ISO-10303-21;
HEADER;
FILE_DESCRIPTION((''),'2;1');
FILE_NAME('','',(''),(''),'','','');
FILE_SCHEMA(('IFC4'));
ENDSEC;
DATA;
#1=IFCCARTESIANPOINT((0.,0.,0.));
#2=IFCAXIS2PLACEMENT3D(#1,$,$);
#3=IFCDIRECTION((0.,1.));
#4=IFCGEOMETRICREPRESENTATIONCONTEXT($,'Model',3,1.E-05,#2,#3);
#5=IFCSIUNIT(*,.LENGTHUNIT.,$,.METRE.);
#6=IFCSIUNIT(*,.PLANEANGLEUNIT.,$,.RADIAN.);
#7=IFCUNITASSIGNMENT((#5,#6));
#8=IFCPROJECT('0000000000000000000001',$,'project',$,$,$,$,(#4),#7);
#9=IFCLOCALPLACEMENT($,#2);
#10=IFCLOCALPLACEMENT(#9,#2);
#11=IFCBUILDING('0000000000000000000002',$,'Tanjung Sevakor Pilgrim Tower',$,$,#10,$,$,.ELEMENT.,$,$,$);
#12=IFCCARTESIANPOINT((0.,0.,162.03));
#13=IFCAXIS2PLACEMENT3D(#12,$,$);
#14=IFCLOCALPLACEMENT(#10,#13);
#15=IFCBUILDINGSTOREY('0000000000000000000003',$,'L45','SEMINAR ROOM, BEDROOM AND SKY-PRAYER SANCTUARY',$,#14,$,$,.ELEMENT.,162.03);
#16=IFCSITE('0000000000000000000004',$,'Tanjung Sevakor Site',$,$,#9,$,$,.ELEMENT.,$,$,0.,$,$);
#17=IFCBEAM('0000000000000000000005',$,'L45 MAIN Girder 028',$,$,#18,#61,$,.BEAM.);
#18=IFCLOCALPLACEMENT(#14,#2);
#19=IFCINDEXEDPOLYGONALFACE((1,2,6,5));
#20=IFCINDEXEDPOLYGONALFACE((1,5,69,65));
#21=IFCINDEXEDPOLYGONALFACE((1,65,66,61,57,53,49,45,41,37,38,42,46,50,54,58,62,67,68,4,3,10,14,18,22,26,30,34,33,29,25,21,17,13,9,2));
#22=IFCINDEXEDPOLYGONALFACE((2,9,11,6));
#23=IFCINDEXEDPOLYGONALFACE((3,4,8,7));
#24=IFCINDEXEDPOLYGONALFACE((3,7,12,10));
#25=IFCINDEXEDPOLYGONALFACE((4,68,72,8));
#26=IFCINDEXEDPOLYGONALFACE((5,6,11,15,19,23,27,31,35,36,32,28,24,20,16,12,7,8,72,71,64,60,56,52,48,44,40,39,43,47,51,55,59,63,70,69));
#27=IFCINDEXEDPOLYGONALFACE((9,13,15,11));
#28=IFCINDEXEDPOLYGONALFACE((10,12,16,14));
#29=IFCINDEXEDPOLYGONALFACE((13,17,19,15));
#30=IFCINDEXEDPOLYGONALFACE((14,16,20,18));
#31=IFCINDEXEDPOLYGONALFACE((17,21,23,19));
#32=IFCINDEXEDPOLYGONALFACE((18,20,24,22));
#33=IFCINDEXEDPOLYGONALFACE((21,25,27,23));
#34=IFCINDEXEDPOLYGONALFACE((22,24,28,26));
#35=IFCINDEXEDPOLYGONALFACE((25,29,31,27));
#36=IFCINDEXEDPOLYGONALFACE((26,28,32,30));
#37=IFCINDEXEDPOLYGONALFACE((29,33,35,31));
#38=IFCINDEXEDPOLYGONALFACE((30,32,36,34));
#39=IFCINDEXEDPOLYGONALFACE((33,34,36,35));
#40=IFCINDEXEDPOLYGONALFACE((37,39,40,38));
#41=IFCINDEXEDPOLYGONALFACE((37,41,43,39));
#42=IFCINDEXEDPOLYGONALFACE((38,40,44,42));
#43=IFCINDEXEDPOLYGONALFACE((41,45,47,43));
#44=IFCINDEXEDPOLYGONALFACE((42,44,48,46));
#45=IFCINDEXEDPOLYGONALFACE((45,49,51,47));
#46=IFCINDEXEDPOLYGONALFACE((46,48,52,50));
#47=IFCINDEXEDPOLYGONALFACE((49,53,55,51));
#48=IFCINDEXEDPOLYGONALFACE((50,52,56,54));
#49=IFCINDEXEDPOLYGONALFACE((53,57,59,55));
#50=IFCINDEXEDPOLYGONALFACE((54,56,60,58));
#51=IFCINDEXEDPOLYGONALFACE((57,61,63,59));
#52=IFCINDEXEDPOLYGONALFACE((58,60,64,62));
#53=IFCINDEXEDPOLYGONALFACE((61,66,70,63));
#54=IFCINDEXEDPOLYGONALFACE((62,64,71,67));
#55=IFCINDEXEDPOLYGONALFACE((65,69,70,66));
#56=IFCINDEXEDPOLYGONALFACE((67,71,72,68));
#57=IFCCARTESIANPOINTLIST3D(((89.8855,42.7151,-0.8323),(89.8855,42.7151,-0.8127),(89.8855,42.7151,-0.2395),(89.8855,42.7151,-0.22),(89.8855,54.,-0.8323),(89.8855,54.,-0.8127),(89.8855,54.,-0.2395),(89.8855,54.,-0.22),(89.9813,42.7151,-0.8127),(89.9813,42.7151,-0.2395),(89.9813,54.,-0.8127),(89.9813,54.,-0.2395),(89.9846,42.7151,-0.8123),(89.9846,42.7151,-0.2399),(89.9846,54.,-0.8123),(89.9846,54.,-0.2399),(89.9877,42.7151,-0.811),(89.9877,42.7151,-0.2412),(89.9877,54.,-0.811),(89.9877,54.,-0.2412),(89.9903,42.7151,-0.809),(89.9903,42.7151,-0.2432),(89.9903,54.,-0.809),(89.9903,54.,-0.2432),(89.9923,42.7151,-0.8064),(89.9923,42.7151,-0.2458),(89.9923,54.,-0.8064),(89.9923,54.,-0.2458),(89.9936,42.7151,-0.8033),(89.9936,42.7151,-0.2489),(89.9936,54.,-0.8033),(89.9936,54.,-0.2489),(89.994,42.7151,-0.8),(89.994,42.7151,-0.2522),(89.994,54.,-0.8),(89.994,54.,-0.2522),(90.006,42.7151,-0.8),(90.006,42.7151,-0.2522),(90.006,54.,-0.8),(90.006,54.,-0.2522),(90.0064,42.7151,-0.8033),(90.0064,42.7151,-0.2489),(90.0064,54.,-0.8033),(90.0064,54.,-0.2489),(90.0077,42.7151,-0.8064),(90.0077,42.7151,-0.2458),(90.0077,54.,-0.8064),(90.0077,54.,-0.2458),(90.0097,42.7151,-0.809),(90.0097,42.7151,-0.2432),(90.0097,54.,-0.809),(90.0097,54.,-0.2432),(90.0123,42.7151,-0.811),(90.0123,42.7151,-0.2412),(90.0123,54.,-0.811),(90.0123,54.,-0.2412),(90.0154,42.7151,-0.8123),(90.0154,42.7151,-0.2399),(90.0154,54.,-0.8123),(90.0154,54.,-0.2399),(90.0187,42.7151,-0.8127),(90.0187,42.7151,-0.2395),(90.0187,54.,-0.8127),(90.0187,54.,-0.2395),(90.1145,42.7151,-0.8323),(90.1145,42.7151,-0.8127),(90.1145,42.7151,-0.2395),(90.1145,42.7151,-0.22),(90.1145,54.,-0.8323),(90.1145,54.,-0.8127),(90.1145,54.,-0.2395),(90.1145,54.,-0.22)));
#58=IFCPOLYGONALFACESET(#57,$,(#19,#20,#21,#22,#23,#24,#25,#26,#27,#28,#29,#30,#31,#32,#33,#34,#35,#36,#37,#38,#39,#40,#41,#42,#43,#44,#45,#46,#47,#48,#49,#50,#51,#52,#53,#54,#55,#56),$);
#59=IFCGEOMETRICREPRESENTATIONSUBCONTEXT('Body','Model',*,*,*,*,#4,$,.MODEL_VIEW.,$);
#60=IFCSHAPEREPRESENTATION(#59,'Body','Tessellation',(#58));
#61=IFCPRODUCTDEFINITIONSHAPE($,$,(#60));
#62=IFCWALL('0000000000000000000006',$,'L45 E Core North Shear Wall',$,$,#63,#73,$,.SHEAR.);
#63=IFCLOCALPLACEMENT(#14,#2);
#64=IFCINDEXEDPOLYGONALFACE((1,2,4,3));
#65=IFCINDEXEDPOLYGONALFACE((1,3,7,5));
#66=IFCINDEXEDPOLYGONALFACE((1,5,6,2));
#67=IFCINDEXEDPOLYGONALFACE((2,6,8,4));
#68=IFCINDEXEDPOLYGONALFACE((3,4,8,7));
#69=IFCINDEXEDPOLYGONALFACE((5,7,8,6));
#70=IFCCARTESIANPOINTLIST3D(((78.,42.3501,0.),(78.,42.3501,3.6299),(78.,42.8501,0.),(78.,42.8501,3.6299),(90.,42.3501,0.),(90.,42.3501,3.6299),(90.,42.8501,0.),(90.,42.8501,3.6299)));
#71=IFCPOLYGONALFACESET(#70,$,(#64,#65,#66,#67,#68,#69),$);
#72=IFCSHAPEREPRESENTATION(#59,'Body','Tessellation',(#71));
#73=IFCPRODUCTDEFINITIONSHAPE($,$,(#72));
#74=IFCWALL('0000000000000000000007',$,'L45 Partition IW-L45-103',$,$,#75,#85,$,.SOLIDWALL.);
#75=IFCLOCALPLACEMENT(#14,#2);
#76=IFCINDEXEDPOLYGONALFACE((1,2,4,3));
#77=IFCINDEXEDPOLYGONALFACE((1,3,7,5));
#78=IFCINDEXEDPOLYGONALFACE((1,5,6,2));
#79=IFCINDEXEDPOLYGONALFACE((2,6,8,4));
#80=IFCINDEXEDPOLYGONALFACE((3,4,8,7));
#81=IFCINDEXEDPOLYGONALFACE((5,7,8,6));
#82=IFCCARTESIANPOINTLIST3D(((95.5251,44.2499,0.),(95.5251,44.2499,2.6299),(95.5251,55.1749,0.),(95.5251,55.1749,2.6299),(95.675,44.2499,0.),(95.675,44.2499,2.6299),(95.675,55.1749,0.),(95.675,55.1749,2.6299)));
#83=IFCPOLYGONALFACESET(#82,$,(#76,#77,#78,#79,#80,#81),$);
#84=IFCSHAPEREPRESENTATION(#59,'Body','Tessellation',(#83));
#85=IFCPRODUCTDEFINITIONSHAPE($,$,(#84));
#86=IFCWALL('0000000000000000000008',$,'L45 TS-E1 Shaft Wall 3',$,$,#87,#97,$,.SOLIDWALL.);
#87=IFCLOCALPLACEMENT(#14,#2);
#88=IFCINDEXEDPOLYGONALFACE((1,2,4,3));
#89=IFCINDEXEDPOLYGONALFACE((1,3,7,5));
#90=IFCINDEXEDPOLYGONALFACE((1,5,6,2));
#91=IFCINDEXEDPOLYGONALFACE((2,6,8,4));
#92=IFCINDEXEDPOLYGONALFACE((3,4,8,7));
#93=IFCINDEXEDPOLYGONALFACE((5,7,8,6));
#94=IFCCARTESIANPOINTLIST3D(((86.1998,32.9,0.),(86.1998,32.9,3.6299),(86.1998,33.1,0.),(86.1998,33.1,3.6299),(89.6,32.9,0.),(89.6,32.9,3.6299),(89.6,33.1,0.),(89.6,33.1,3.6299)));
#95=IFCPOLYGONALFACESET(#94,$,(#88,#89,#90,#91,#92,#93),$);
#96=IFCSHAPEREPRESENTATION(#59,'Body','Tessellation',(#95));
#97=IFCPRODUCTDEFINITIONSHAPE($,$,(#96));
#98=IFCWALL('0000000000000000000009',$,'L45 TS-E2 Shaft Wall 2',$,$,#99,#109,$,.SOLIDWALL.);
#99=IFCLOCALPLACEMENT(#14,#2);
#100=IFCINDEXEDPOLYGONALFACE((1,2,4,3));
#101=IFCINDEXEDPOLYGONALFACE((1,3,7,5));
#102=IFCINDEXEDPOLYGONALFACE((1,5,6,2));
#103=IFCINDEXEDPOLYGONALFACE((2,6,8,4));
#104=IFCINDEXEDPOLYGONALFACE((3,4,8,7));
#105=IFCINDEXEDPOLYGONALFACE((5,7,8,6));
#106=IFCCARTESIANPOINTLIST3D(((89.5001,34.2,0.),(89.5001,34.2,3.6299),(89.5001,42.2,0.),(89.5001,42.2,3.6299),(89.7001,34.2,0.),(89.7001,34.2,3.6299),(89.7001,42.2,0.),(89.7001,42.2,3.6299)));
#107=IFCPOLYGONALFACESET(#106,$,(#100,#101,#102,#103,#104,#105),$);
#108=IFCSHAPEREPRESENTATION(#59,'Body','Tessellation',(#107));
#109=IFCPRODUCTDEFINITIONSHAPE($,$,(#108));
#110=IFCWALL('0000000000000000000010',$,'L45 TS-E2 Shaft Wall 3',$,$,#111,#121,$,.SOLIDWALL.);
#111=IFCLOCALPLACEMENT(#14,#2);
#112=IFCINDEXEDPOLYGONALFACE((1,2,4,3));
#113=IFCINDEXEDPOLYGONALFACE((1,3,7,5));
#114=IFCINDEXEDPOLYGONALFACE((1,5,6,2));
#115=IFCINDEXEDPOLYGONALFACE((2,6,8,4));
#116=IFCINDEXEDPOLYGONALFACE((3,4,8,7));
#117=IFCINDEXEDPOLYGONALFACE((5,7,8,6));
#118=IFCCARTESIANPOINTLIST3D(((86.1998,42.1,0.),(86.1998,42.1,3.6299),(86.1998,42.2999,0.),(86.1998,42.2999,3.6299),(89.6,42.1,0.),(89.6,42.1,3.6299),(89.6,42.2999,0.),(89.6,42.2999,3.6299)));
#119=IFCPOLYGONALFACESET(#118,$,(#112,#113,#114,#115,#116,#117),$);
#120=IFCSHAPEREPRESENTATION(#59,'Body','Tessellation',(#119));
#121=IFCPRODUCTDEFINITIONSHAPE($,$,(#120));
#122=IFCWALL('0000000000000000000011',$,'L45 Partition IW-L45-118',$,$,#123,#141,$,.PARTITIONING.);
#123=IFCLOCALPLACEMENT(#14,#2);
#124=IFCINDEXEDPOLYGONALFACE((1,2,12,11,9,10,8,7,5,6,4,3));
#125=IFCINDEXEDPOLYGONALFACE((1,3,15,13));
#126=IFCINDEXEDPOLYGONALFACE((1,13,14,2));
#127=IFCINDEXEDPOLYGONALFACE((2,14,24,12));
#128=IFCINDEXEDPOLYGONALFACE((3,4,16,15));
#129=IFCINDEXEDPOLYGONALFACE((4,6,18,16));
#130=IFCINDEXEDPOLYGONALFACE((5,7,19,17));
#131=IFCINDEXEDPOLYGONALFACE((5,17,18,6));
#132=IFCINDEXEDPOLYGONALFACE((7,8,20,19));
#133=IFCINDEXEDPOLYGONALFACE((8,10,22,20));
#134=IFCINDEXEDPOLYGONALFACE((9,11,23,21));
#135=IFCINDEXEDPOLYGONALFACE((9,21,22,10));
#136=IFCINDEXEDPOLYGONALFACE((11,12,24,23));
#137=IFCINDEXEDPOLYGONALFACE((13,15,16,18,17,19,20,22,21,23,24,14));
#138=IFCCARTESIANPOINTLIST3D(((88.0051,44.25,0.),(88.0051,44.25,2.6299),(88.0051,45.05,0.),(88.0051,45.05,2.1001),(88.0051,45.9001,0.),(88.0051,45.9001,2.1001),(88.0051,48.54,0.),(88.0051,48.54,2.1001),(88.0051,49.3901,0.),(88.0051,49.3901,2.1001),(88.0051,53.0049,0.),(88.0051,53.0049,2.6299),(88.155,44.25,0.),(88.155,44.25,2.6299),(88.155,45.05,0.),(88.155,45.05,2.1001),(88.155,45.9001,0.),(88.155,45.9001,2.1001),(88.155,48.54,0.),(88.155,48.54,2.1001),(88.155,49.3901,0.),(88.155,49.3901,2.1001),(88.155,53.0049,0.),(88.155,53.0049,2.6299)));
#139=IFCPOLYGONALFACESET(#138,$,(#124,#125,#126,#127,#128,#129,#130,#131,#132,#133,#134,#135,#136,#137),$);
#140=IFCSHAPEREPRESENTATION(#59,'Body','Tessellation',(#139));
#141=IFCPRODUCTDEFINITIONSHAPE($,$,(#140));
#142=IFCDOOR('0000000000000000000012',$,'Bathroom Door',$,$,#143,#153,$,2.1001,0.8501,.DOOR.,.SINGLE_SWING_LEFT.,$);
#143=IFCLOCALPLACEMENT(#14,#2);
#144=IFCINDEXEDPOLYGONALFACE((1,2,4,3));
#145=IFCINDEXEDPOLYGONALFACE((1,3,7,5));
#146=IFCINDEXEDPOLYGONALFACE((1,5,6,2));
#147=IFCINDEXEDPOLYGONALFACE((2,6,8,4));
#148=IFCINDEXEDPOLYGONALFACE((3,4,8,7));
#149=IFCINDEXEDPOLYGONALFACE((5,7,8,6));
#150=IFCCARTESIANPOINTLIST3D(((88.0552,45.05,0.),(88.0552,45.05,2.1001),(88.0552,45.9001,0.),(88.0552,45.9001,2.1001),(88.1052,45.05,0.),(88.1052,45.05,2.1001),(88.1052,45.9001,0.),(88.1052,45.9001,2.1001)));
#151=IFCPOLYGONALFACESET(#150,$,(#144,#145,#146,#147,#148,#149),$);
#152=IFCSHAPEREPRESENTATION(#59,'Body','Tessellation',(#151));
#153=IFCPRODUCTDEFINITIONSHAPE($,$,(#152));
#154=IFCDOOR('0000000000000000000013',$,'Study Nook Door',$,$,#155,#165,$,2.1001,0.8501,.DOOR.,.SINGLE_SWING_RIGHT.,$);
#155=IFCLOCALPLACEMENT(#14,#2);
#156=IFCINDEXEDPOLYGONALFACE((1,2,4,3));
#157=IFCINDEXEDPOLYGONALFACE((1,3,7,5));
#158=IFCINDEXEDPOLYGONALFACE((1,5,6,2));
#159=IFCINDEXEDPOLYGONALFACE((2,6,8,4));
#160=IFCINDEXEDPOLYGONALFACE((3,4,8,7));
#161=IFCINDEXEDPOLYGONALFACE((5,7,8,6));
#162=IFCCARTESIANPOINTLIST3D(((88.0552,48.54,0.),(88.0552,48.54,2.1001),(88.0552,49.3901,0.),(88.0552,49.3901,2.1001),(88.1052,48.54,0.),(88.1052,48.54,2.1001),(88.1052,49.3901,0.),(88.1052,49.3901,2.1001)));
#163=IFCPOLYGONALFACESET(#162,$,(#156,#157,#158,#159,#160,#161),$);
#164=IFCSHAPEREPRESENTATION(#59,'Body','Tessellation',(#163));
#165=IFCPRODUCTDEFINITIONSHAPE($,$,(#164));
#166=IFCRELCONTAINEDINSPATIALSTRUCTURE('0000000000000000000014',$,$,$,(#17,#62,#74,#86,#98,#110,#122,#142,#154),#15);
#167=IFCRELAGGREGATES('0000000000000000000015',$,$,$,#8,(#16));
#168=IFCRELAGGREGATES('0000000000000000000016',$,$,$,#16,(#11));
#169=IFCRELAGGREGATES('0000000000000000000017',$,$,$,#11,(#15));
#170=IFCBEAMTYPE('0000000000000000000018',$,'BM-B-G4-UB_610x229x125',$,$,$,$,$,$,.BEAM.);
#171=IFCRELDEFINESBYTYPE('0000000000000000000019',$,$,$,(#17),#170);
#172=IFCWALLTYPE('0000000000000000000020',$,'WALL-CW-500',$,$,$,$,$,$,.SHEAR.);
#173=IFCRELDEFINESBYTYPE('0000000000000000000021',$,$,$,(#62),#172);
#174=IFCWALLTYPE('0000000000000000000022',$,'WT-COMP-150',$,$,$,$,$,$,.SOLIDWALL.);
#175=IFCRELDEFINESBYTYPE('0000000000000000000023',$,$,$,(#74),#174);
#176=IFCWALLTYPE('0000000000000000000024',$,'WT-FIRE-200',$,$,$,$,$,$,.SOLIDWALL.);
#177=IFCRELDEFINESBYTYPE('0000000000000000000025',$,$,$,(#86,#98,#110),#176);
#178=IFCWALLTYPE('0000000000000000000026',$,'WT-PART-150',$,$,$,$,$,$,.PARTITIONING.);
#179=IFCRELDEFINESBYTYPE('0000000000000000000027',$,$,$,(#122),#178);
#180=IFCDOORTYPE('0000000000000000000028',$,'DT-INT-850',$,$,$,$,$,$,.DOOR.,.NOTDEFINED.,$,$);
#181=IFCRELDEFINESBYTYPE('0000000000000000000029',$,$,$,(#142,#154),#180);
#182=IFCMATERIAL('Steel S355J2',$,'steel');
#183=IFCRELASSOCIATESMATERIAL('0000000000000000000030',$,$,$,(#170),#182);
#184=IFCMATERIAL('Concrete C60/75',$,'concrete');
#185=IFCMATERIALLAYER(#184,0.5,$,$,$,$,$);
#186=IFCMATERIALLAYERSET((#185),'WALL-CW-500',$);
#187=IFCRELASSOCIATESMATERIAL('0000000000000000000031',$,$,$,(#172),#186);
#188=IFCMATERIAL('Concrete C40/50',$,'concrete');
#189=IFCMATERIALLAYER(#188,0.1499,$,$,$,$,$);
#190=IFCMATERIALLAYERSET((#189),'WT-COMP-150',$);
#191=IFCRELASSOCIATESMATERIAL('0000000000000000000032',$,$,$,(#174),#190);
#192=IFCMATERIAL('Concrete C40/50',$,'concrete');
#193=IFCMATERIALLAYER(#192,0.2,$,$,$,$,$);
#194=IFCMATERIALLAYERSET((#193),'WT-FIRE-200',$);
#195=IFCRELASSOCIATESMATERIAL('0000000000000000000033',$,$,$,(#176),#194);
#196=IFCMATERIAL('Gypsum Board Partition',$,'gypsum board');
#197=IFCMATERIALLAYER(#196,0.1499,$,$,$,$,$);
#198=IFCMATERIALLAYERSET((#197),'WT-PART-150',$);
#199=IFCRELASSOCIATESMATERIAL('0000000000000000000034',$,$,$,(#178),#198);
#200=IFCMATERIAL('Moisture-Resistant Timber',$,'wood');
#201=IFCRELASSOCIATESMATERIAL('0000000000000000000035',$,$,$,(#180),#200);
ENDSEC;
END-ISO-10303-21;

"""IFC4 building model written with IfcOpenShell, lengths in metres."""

from ifc_helpers import new_model, si_unit, direction, frame, frame_2d, origin, origin_2d, place, context, subcontext, project, spatial, rectangle, i_section, extrude, material, layer, layer_set, material_profile, profile_set, type_object, element, fill, save


model = new_model("IFC4")

# Units and contexts
model_context = context("Model", 3, precision=1e-05, world=origin(), true_north=direction((0.0, 1.0)))
body_context = subcontext(model_context, "Body", "Model", "MODEL_VIEW")
ifc_project = project(units=[si_unit("LENGTHUNIT", "METRE"), si_unit("PLANEANGLEUNIT", "RADIAN")], contexts=[model_context])

# Site, building, storey
site_placement = place(None, origin())
site = spatial("IfcSite", under=ifc_project, at=site_placement, Name="Tanjung Sevakor Site", CompositionType="ELEMENT", RefElevation=0.0)
building_placement = place(site_placement, origin())
building = spatial("IfcBuilding", under=site, at=building_placement, Name="Tanjung Sevakor Pilgrim Tower", CompositionType="ELEMENT")
storey_placement = place(building_placement, frame((0.0, 0.0, 162.03)))
storey = spatial("IfcBuildingStorey", under=building, at=storey_placement, Name="L45", Description="SEMINAR ROOM, BEDROOM AND SKY-PRAYER SANCTUARY", CompositionType="ELEMENT", Elevation=162.03)

# Beam
ifc_material_1 = material(Name="Steel S355J2", Category="steel")
ifc_material_profile = material_profile(ifc_material_1, i_section(OverallWidth=0.229, OverallDepth=0.6123, WebThickness=0.012, FlangeThickness=0.0195, FilletRadius=0.0127, at=origin_2d()))
ifc_profile_set = profile_set([ifc_material_profile], Name="Steel S355J2")
beam_type = type_object("IfcBeamType", Name="BM-B-G4-UB_610x229x125", PredefinedType="BEAM", material=ifc_profile_set)
beam_placement = place(storey_placement, frame((90.0, 42.7151, -0.5261), z_axis=(0.0, 1.0, 0.0), x_axis=(-1.0, 0.0, 0.0)))
element("IfcBeam", 1, at=beam_placement, inside=storey, type_object=beam_type, Name="L45 MAIN Girder 028", PredefinedType="BEAM", context=body_context, shape_type="SweptSolid", body=[
    extrude(i_section(OverallWidth=0.229, OverallDepth=0.6123, WebThickness=0.012, FlangeThickness=0.0195, FilletRadius=0.0127, at=origin_2d()), origin(), (0.0, 0.0, 1.0), 11.2849),
])

# Walls
ifc_material_2 = material(Name="Concrete C60/75", Category="concrete")
ifc_layer_1 = layer(ifc_material_2, 0.5)
ifc_layer_set_1 = layer_set([ifc_layer_1], Name="WALL-CW-500")
wall_type_1 = type_object("IfcWallType", Name="WALL-CW-500", PredefinedType="SHEAR", material=ifc_layer_set_1)
wall_1_placement = place(storey_placement, frame((90.0, 42.6001, 0.0), z_axis=(0.0, 0.0, 1.0), x_axis=(-1.0, 0.0, 0.0)))
element("IfcWall", 2, at=wall_1_placement, inside=storey, type_object=wall_type_1, Name="L45 E Core North Shear Wall", PredefinedType="SHEAR", context=body_context, shape_type="SweptSolid", body=[
    extrude(rectangle(XDim=12.0, YDim=0.5, at=frame_2d((6.0, 0.0))), origin(), (0.0, 0.0, 1.0), 3.6299),
])
ifc_material_3 = material(Name="Concrete C40/50", Category="concrete")
ifc_layer_2 = layer(ifc_material_3, 0.1499)
ifc_layer_set_2 = layer_set([ifc_layer_2], Name="WT-COMP-150")
wall_type_2 = type_object("IfcWallType", Name="WT-COMP-150", PredefinedType="SOLIDWALL", material=ifc_layer_set_2)
wall_2_placement = place(storey_placement, frame((95.6001, 44.25, 0.0), z_axis=(0.0, 0.0, 1.0), x_axis=(0.0, 1.0, 0.0)))
element("IfcWall", 3, at=wall_2_placement, inside=storey, type_object=wall_type_2, Name="L45 Partition IW-L45-103", PredefinedType="SOLIDWALL", context=body_context, shape_type="SweptSolid", body=[
    extrude(rectangle(XDim=10.925, YDim=0.1499, at=frame_2d((5.4624, 0.0))), origin(), (0.0, 0.0, 1.0), 2.6299),
])
ifc_material_4 = material(Name="Concrete C40/50", Category="concrete")
ifc_layer_3 = layer(ifc_material_4, 0.2)
ifc_layer_set_3 = layer_set([ifc_layer_3], Name="WT-FIRE-200")
wall_type_3 = type_object("IfcWallType", Name="WT-FIRE-200", PredefinedType="SOLIDWALL", material=ifc_layer_set_3)
wall_3_placement = place(storey_placement, frame((89.6001, 33.0, 0.0), z_axis=(0.0, 0.0, 1.0), x_axis=(-1.0, 0.0, 0.0)))
element("IfcWall", 4, at=wall_3_placement, inside=storey, type_object=wall_type_3, Name="L45 TS-E1 Shaft Wall 3", PredefinedType="SOLIDWALL", context=body_context, shape_type="SweptSolid", body=[
    extrude(rectangle(XDim=3.4001, YDim=0.2, at=frame_2d((1.7002, 0.0))), origin(), (0.0, 0.0, 1.0), 3.6299),
])
wall_4_placement = place(storey_placement, frame((89.6001, 34.2, 0.0), z_axis=(0.0, 0.0, 1.0), x_axis=(0.0, 1.0, 0.0)))
element("IfcWall", 5, at=wall_4_placement, inside=storey, type_object=wall_type_3, Name="L45 TS-E2 Shaft Wall 2", PredefinedType="SOLIDWALL", context=body_context, shape_type="SweptSolid", body=[
    extrude(rectangle(XDim=8.0, YDim=0.2, at=frame_2d((4.0, 0.0))), origin(), (0.0, 0.0, 1.0), 3.6299),
])
wall_5_placement = place(storey_placement, frame((89.6001, 42.2, 0.0), z_axis=(0.0, 0.0, 1.0), x_axis=(-1.0, 0.0, 0.0)))
element("IfcWall", 6, at=wall_5_placement, inside=storey, type_object=wall_type_3, Name="L45 TS-E2 Shaft Wall 3", PredefinedType="SOLIDWALL", context=body_context, shape_type="SweptSolid", body=[
    extrude(rectangle(XDim=3.4001, YDim=0.2, at=frame_2d((1.7002, 0.0))), origin(), (0.0, 0.0, 1.0), 3.6299),
])

# Wall, openings, doors
ifc_material_5 = material(Name="Gypsum Board Partition", Category="gypsum board")
ifc_layer_4 = layer(ifc_material_5, 0.1499)
ifc_layer_set_4 = layer_set([ifc_layer_4], Name="WT-PART-150")
wall_type_4 = type_object("IfcWallType", Name="WT-PART-150", PredefinedType="PARTITIONING", material=ifc_layer_set_4)
wall_6_placement = place(storey_placement, frame((88.0801, 44.25, 0.0), z_axis=(0.0, 0.0, 1.0), x_axis=(0.0, 1.0, 0.0)))
wall_6 = element("IfcWall", 7, at=wall_6_placement, inside=storey, type_object=wall_type_4, Name="L45 Partition IW-L45-118", PredefinedType="PARTITIONING", context=body_context, shape_type="SweptSolid", body=[
    extrude(rectangle(XDim=8.7549, YDim=0.1499, at=frame_2d((4.3774, 0.0))), origin(), (0.0, 0.0, 1.0), 2.6299),
])
opening_1_placement = place(wall_6_placement, frame((0.8, 0.0, 0.0)))
opening_1 = element("IfcOpeningElement", 8, at=opening_1_placement, cuts=wall_6, PredefinedType="OPENING", context=body_context, shape_type="SweptSolid", body=[
    extrude(rectangle(XDim=0.8501, YDim=2.1001, at=frame_2d((0.425, 1.05))), frame((0.0, 0.085, 0.0), z_axis=(0.0, -1.0, 0.0), x_axis=(1.0, 0.0, 0.0)), (0.0, 0.0, 1.0), 0.1699),
])
opening_2_placement = place(wall_6_placement, frame((4.29, 0.0, 0.0)))
opening_2 = element("IfcOpeningElement", 9, at=opening_2_placement, cuts=wall_6, PredefinedType="OPENING", context=body_context, shape_type="SweptSolid", body=[
    extrude(rectangle(XDim=0.8501, YDim=2.1001, at=frame_2d((0.425, 1.05))), frame((0.0, 0.085, 0.0), z_axis=(0.0, -1.0, 0.0), x_axis=(1.0, 0.0, 0.0)), (0.0, 0.0, 1.0), 0.1699),
])
ifc_material_6 = material(Name="Moisture-Resistant Timber", Category="wood")
door_type = type_object("IfcDoorType", Name="DT-INT-850", OperationType="NOTDEFINED", PredefinedType="DOOR", material=ifc_material_6)
door_1_placement = place(opening_1_placement, origin())
door_1 = element("IfcDoor", 10, at=door_1_placement, inside=storey, type_object=door_type, Name="Bathroom Door", OperationType="SINGLE_SWING_LEFT", OverallHeight=2.1001, OverallWidth=0.8501, PredefinedType="DOOR", context=body_context, shape_type="SweptSolid", body=[
    extrude(rectangle(XDim=0.8501, YDim=2.1001, at=frame_2d((0.425, 1.05))), frame((0.0, 0.0249, 0.0), z_axis=(0.0, -1.0, 0.0), x_axis=(1.0, 0.0, 0.0)), (0.0, 0.0, 1.0), 0.05),
])
fill(opening_1, door_1)
door_2_placement = place(opening_2_placement, origin())
door_2 = element("IfcDoor", 11, at=door_2_placement, inside=storey, type_object=door_type, Name="Study Nook Door", OperationType="SINGLE_SWING_RIGHT", OverallHeight=2.1001, OverallWidth=0.8501, PredefinedType="DOOR", context=body_context, shape_type="SweptSolid", body=[
    extrude(rectangle(XDim=0.8501, YDim=2.1001, at=frame_2d((0.425, 1.05))), frame((0.0, 0.0249, 0.0), z_axis=(0.0, -1.0, 0.0), x_axis=(1.0, 0.0, 0.0)), (0.0, 0.0, 1.0), 0.05),
])
fill(opening_2, door_2)

save(model, "model.ifc")
